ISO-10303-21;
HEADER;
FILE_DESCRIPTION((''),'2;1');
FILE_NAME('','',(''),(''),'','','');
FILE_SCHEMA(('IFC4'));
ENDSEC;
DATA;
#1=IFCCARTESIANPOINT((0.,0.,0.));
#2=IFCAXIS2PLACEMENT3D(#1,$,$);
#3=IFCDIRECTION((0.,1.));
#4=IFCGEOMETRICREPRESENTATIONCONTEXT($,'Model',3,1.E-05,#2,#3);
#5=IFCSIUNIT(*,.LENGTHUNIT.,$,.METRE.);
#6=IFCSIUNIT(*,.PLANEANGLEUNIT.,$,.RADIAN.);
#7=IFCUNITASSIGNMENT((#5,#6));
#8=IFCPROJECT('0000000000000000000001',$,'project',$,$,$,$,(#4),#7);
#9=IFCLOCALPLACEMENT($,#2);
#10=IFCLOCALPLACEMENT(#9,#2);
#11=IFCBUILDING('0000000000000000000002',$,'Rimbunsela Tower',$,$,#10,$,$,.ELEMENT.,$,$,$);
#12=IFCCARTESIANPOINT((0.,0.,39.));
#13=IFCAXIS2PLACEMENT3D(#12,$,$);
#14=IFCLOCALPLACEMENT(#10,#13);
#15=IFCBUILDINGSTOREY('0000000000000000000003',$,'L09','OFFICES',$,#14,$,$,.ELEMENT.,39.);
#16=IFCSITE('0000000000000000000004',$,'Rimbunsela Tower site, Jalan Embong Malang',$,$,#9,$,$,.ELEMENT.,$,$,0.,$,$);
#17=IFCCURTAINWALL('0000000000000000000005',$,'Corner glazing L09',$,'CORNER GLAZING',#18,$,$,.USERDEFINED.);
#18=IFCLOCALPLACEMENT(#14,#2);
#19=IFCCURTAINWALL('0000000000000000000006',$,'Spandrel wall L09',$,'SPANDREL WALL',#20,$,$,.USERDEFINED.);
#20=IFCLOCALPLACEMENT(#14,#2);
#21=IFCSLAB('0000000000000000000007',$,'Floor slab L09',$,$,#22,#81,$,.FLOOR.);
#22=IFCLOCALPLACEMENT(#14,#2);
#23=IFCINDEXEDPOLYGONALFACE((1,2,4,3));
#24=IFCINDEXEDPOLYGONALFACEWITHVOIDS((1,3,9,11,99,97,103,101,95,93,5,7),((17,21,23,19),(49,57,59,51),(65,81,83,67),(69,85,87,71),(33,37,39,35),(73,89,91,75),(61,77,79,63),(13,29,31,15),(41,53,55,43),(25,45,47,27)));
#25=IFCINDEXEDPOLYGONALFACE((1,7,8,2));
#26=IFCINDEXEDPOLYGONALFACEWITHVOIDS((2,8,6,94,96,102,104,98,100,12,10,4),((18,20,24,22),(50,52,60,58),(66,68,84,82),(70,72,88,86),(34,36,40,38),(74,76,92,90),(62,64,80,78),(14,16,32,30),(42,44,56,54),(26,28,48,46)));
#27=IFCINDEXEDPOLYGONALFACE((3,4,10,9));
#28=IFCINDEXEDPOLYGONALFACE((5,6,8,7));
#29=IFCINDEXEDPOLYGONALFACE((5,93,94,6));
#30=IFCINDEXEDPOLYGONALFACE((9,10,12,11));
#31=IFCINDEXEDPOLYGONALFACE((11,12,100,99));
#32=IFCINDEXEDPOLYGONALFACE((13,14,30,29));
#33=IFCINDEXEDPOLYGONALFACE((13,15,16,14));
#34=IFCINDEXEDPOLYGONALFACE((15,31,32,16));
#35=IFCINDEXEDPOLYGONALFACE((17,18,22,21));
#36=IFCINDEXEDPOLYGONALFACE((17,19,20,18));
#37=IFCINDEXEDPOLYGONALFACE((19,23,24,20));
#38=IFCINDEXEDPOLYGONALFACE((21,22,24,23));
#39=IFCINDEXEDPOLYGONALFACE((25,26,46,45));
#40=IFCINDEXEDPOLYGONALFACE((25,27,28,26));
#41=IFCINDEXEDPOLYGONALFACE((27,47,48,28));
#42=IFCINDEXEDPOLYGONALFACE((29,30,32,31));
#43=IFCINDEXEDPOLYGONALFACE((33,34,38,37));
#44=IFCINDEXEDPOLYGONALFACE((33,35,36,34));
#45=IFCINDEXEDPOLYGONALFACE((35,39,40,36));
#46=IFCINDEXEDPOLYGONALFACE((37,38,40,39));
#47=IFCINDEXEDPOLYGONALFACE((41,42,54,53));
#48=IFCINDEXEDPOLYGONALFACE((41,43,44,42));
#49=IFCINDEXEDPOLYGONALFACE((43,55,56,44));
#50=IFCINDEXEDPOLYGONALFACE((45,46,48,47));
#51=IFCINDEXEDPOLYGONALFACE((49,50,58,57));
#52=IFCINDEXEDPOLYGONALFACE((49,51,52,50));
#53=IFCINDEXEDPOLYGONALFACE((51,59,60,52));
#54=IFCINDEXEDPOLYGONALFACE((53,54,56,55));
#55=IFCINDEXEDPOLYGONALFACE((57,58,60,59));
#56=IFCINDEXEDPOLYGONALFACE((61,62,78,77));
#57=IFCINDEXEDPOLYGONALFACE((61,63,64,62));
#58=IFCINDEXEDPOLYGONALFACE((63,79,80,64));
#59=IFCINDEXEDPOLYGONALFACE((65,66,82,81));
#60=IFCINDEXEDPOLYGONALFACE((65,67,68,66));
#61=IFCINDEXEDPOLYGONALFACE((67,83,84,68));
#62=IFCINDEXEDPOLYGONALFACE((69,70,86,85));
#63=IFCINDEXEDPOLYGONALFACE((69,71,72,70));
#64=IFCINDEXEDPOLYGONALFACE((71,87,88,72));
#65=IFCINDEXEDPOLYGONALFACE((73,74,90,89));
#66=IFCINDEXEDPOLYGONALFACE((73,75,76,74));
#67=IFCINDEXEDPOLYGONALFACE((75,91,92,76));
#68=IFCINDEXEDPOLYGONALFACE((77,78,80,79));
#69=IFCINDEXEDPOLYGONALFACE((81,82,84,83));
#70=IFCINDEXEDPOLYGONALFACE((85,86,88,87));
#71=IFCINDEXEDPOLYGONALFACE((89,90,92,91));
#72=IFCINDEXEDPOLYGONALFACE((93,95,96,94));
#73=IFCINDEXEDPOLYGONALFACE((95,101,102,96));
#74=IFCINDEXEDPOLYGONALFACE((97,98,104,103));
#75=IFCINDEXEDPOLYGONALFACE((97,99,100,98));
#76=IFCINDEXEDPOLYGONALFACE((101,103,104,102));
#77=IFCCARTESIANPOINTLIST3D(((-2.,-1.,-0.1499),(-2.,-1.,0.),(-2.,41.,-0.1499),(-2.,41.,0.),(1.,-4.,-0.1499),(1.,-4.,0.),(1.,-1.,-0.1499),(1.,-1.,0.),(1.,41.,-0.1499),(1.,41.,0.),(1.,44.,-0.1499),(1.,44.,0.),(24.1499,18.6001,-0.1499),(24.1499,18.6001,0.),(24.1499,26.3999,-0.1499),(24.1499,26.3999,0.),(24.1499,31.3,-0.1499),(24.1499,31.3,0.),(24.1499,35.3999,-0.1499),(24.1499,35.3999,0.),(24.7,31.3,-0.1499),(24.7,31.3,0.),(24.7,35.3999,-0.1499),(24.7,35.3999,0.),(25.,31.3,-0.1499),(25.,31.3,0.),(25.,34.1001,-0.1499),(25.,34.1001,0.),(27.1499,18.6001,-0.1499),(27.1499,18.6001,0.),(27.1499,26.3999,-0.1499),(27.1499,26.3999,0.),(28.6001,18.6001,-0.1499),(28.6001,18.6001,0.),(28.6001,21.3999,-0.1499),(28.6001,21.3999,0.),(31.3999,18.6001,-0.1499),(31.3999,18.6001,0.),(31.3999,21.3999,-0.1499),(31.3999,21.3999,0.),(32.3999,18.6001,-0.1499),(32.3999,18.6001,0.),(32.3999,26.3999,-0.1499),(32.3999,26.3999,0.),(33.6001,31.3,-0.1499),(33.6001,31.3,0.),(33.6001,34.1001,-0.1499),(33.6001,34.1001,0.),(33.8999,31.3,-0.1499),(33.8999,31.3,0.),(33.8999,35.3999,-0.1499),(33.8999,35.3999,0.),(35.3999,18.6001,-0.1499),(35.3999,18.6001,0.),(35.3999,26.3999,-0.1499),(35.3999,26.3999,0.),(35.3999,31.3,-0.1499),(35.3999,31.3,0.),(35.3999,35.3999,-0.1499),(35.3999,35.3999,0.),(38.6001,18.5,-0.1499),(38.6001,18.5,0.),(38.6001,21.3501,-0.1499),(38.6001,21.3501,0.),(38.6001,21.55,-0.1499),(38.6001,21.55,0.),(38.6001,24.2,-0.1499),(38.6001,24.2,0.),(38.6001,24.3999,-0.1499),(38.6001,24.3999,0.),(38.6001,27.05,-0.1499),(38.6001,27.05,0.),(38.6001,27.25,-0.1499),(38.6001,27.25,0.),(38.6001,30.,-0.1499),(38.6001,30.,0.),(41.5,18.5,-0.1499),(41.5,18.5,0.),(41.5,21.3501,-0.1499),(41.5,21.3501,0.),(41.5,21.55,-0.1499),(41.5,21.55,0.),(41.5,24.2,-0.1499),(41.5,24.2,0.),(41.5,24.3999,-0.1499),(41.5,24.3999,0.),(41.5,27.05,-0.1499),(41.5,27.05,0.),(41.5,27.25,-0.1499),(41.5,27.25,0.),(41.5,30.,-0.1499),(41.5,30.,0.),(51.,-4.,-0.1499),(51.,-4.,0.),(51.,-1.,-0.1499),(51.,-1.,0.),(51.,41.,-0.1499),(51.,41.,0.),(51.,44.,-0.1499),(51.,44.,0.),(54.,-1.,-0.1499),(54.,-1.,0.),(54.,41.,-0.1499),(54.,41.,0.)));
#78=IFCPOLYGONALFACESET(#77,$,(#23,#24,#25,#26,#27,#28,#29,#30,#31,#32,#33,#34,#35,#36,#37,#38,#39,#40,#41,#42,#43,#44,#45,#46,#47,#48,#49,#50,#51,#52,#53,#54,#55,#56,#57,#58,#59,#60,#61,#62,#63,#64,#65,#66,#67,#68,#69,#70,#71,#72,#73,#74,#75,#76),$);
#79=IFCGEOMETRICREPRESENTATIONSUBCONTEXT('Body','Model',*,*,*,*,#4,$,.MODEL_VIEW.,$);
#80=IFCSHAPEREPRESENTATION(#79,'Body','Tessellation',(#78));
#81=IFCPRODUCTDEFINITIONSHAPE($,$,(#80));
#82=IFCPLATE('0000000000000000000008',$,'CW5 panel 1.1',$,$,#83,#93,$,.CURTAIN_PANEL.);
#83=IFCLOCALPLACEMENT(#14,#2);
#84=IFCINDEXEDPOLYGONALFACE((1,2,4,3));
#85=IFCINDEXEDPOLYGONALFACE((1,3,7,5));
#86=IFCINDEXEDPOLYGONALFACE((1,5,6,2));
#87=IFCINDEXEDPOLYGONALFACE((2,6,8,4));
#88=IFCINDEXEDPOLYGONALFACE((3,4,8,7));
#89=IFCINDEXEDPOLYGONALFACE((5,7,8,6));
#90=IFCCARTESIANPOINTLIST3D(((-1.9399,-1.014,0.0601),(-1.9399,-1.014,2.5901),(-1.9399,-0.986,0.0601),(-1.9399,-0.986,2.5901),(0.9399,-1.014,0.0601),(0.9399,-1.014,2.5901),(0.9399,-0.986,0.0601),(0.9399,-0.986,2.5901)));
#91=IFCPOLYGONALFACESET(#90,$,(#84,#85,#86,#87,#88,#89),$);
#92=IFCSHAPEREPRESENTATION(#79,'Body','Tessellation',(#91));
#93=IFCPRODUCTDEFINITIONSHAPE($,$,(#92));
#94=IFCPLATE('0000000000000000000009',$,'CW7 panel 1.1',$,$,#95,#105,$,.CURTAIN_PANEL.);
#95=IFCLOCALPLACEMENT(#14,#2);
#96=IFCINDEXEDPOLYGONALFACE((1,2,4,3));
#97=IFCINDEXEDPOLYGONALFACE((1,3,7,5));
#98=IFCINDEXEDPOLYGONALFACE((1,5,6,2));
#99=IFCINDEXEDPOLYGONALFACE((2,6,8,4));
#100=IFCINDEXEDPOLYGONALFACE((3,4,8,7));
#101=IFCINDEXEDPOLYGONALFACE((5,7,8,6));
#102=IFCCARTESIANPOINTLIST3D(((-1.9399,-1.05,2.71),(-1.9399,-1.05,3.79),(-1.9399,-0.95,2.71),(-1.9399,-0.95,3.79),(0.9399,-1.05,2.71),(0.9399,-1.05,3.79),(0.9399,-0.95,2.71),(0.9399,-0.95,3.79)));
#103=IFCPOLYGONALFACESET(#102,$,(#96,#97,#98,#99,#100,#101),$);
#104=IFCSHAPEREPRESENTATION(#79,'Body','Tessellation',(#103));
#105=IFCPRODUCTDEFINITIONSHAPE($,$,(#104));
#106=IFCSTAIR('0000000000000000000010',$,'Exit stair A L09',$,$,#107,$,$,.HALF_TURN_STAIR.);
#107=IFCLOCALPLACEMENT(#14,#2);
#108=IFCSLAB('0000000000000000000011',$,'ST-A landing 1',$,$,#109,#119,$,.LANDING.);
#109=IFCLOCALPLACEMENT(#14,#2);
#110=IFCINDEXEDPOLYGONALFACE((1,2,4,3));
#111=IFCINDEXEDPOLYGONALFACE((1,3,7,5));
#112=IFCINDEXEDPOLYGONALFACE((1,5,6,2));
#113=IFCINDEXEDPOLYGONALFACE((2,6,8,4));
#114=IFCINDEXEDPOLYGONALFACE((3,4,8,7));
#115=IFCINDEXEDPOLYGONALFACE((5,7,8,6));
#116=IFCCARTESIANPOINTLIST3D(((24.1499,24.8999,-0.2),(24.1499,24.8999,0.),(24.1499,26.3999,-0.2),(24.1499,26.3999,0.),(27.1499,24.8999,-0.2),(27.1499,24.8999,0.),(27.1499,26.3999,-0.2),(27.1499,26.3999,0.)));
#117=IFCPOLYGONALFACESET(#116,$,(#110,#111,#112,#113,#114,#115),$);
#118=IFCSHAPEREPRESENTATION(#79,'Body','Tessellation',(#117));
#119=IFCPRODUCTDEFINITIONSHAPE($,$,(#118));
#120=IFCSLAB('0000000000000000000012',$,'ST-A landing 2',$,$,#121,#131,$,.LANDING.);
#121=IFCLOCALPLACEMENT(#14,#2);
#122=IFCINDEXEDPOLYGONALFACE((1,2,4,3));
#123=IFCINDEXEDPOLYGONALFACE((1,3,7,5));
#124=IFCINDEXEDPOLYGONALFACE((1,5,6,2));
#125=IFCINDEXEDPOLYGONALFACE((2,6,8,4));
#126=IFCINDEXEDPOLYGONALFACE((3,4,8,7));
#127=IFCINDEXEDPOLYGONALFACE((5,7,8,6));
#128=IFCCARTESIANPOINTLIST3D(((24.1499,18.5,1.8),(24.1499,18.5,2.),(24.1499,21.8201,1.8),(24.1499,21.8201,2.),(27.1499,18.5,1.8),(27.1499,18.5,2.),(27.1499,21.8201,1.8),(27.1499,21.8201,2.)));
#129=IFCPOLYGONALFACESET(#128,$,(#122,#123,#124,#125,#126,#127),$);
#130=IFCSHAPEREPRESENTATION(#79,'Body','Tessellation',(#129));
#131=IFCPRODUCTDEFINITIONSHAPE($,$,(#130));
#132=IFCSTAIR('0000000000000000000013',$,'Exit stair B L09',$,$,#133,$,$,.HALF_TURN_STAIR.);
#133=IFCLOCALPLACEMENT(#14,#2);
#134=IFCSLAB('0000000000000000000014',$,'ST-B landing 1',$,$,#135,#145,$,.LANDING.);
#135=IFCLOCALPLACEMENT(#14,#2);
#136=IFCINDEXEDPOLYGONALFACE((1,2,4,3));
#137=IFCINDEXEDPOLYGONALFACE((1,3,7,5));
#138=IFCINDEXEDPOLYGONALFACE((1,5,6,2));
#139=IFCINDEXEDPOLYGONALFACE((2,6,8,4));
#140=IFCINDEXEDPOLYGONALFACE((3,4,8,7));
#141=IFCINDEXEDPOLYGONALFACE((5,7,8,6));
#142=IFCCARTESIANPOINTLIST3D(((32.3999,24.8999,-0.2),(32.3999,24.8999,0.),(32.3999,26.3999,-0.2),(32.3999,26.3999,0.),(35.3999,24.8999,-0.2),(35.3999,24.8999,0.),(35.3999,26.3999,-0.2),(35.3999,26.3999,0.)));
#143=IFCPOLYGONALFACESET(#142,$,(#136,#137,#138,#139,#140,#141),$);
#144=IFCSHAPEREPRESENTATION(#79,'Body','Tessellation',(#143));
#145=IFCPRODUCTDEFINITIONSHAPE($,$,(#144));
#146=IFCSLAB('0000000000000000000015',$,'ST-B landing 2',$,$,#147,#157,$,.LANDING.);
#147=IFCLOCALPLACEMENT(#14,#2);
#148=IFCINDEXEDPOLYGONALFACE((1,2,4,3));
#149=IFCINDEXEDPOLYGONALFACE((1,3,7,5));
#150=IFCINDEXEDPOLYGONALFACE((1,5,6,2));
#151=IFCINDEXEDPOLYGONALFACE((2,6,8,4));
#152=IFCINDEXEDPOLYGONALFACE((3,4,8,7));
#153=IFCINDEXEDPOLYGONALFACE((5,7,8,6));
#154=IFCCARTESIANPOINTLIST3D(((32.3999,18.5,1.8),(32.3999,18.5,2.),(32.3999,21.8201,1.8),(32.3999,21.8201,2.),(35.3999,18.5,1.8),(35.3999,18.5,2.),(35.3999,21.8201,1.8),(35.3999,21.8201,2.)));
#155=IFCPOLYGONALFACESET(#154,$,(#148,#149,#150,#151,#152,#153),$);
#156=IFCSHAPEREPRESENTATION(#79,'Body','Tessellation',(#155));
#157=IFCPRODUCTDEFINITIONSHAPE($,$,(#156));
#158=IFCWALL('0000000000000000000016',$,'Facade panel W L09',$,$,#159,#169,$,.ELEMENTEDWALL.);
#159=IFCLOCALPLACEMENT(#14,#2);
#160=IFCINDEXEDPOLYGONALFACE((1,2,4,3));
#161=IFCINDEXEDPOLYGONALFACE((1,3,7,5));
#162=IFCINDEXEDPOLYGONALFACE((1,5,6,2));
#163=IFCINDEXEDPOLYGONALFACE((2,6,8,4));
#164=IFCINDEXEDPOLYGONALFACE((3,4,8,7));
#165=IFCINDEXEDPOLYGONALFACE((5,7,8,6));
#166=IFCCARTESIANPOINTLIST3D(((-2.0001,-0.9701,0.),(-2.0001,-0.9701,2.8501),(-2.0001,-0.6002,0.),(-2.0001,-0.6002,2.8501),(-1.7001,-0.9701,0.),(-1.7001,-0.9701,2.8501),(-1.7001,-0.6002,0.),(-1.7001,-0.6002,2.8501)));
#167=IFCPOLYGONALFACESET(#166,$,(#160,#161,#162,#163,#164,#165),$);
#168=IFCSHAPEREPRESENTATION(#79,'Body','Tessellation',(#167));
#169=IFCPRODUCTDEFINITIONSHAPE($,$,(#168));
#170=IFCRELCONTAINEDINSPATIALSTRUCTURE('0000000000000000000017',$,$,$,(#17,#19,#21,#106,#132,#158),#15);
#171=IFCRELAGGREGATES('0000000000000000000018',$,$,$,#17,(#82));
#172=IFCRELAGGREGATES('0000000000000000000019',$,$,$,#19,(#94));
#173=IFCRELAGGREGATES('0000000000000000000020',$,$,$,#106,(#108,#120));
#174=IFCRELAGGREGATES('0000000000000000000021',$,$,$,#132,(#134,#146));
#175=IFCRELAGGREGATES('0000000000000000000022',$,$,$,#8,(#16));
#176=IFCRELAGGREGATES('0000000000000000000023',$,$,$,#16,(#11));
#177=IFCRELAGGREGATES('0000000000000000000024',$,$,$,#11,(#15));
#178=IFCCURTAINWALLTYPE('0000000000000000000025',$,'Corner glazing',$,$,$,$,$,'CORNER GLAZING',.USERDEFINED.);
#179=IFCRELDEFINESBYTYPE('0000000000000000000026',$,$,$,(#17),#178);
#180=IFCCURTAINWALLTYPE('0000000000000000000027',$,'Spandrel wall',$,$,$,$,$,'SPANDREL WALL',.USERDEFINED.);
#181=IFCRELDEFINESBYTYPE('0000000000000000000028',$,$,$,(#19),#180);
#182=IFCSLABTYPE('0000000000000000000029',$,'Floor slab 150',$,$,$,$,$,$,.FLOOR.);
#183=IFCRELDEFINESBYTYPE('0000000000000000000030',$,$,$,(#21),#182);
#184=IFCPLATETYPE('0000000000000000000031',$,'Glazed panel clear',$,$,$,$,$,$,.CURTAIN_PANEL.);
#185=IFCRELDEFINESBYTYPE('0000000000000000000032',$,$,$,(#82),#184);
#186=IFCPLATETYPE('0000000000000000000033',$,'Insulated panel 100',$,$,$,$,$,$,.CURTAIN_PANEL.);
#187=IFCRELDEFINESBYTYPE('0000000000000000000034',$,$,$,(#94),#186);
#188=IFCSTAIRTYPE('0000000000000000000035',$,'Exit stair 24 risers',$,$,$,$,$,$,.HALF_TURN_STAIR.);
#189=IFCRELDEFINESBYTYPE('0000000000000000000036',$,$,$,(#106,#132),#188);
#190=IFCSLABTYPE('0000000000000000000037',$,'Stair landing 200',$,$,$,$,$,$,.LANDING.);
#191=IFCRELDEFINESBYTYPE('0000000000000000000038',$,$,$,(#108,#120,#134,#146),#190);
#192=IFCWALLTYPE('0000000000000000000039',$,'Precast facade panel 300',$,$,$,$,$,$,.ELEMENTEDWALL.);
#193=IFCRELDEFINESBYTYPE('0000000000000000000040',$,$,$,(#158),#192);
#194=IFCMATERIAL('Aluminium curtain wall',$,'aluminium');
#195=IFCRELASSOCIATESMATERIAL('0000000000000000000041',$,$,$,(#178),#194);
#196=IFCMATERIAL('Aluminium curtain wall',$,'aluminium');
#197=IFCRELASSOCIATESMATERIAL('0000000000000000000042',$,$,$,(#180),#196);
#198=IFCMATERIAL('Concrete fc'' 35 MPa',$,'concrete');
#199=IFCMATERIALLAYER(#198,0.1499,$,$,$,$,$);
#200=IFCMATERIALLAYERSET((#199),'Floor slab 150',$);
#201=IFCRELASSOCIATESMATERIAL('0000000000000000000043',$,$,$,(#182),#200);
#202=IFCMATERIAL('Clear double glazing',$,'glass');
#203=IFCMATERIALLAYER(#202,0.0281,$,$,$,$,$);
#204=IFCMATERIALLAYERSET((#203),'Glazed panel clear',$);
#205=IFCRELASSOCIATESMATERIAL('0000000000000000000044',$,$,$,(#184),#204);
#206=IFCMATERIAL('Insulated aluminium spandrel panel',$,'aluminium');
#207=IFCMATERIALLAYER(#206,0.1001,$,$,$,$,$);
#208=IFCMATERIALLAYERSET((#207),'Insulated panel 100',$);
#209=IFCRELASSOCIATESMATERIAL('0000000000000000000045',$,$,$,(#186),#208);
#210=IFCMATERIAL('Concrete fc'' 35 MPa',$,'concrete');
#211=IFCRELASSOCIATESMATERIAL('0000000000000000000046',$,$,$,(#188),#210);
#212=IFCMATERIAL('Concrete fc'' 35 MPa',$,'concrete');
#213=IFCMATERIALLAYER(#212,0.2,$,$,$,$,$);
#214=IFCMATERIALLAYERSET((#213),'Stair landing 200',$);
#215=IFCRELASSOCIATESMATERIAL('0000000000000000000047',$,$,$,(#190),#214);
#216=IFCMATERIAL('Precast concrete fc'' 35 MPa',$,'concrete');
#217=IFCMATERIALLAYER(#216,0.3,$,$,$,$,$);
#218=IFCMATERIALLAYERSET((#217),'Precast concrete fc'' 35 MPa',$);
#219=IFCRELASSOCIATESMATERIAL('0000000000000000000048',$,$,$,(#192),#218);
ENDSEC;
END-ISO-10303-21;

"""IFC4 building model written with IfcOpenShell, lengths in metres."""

from ifc_helpers import new_model, si_unit, direction, frame, frame_2d, origin, origin_2d, place, context, subcontext, project, spatial, polyline, rectangle, outline, extrude, material, layer, layer_set, type_object, element, aggregate, save


model = new_model("IFC4")

# Units and contexts
model_context = context("Model", 3, precision=1e-05, world=origin(), true_north=direction((0.0, 1.0)))
body_context = subcontext(model_context, "Body", "Model", "MODEL_VIEW")
ifc_project = project(units=[si_unit("LENGTHUNIT", "METRE"), si_unit("PLANEANGLEUNIT", "RADIAN")], contexts=[model_context])

# Site, building, storey
site_placement = place(None, origin())
site = spatial("IfcSite", under=ifc_project, at=site_placement, Name="Rimbunsela Tower site, Jalan Embong Malang", CompositionType="ELEMENT", RefElevation=0.0)
building_placement = place(site_placement, origin())
building = spatial("IfcBuilding", under=site, at=building_placement, Name="Rimbunsela Tower", CompositionType="ELEMENT")
storey_placement = place(building_placement, frame((0.0, 0.0, 39.0)))
storey = spatial("IfcBuildingStorey", under=building, at=storey_placement, Name="L09", Description="OFFICES", CompositionType="ELEMENT", Elevation=39.0)

# Curtain walls
ifc_material_1 = material(Name="Aluminium curtain wall", Category="aluminium")
curtain_wall_type_1 = type_object("IfcCurtainWallType", Name="Corner glazing", ElementType="CORNER GLAZING", PredefinedType="USERDEFINED", material=ifc_material_1)
curtain_wall_1_placement = place(storey_placement, origin())
curtain_wall_1 = element("IfcCurtainWall", 1, at=curtain_wall_1_placement, inside=storey, type_object=curtain_wall_type_1, Name="Corner glazing L09", ObjectType="CORNER GLAZING", PredefinedType="USERDEFINED")
ifc_material_2 = material(Name="Aluminium curtain wall", Category="aluminium")
curtain_wall_type_2 = type_object("IfcCurtainWallType", Name="Spandrel wall", ElementType="SPANDREL WALL", PredefinedType="USERDEFINED", material=ifc_material_2)
curtain_wall_2_placement = place(storey_placement, origin())
curtain_wall_2 = element("IfcCurtainWall", 2, at=curtain_wall_2_placement, inside=storey, type_object=curtain_wall_type_2, Name="Spandrel wall L09", ObjectType="SPANDREL WALL", PredefinedType="USERDEFINED")

# Slab
ifc_material_3 = material(Name="Concrete fc' 35 MPa", Category="concrete")
ifc_layer_1 = layer(ifc_material_3, 0.1499)
ifc_layer_set_1 = layer_set([ifc_layer_1], Name="Floor slab 150")
slab_type_1 = type_object("IfcSlabType", Name="Floor slab 150", PredefinedType="FLOOR", material=ifc_layer_set_1)
slab_1_placement = place(storey_placement, frame((0.0, 0.0, -0.1499)))
element("IfcSlab", 3, at=slab_1_placement, inside=storey, type_object=slab_type_1, Name="Floor slab L09", PredefinedType="FLOOR", context=body_context, shape_type="SweptSolid", body=[
    extrude(outline(polyline([(1.0, -4.0), (51.0, -4.0), (51.0, -1.0), (54.0, -1.0), (54.0, 41.0), (51.0, 41.0), (51.0, 44.0), (1.0, 44.0), (1.0, 41.0), (-2.0, 41.0), (-2.0, -1.0), (1.0, -1.0), (1.0, -4.0)]), holes=[polyline([(27.1499, 18.6001), (27.1499, 26.3999), (24.1499, 26.3999), (24.1499, 18.6001), (27.1499, 18.6001)]), polyline([(24.7, 31.3), (24.7, 35.3999), (24.1499, 35.3999), (24.1499, 31.3), (24.7, 31.3)]), polyline([(25.0, 34.1001), (25.0, 31.3), (33.6001, 31.3), (33.6001, 34.1001), (25.0, 34.1001)]), polyline([(31.3999, 21.3999), (28.6001, 21.3999), (28.6001, 18.6001), (31.3999, 18.6001), (31.3999, 21.3999)]), polyline([(35.3999, 18.6001), (35.3999, 26.3999), (32.3999, 26.3999), (32.3999, 18.6001), (35.3999, 18.6001)]), polyline([(35.3999, 31.3), (35.3999, 35.3999), (33.8999, 35.3999), (33.8999, 31.3), (35.3999, 31.3)]), polyline([(41.5, 21.3501), (38.6001, 21.3501), (38.6001, 18.5), (41.5, 18.5), (41.5, 21.3501)]), polyline([(41.5, 21.55), (41.5, 24.2), (38.6001, 24.2), (38.6001, 21.55), (41.5, 21.55)]), polyline([(41.5, 27.05), (38.6001, 27.05), (38.6001, 24.3999), (41.5, 24.3999), (41.5, 27.05)]), polyline([(41.5, 27.25), (41.5, 30.0), (38.6001, 30.0), (38.6001, 27.25), (41.5, 27.25)])]), origin(), (0.0, 0.0, 1.0), 0.1499),
])

# Plates
ifc_material_4 = material(Name="Clear double glazing", Category="glass")
ifc_layer_2 = layer(ifc_material_4, 0.0281)
ifc_layer_set_2 = layer_set([ifc_layer_2], Name="Glazed panel clear")
plate_type_1 = type_object("IfcPlateType", Name="Glazed panel clear", PredefinedType="CURTAIN_PANEL", material=ifc_layer_set_2)
plate_1_placement = place(storey_placement, frame((-0.5, -1.0, 0.0601), z_axis=(0.0, 0.0, 1.0), x_axis=(1.0, 0.0, 0.0)))
plate_1 = element("IfcPlate", 4, at=plate_1_placement, type_object=plate_type_1, Name="CW5 panel 1.1", PredefinedType="CURTAIN_PANEL", context=body_context, shape_type="SweptSolid", body=[
    extrude(rectangle(XDim=2.8799, YDim=0.0281, at=origin_2d()), origin(), (0.0, 0.0, 1.0), 2.53),
])
aggregate(curtain_wall_1, [plate_1])
ifc_material_5 = material(Name="Insulated aluminium spandrel panel", Category="aluminium")
ifc_layer_3 = layer(ifc_material_5, 0.1001)
ifc_layer_set_3 = layer_set([ifc_layer_3], Name="Insulated panel 100")
plate_type_2 = type_object("IfcPlateType", Name="Insulated panel 100", PredefinedType="CURTAIN_PANEL", material=ifc_layer_set_3)
plate_2_placement = place(storey_placement, frame((-0.5, -1.0, 2.71), z_axis=(0.0, 0.0, 1.0), x_axis=(1.0, 0.0, 0.0)))
plate_2 = element("IfcPlate", 5, at=plate_2_placement, type_object=plate_type_2, Name="CW7 panel 1.1", PredefinedType="CURTAIN_PANEL", context=body_context, shape_type="SweptSolid", body=[
    extrude(rectangle(XDim=2.8799, YDim=0.1001, at=origin_2d()), origin(), (0.0, 0.0, 1.0), 1.0801),
])
aggregate(curtain_wall_2, [plate_2])

# Stairs, slabs
ifc_material_6 = material(Name="Concrete fc' 35 MPa", Category="concrete")
stair_type = type_object("IfcStairType", Name="Exit stair 24 risers", PredefinedType="HALF_TURN_STAIR", material=ifc_material_6)
stair_1_placement = place(storey_placement, origin())
stair_1 = element("IfcStair", 6, at=stair_1_placement, inside=storey, type_object=stair_type, Name="Exit stair A L09", PredefinedType="HALF_TURN_STAIR")
ifc_material_7 = material(Name="Concrete fc' 35 MPa", Category="concrete")
ifc_layer_4 = layer(ifc_material_7, 0.2)
ifc_layer_set_4 = layer_set([ifc_layer_4], Name="Stair landing 200")
slab_type_2 = type_object("IfcSlabType", Name="Stair landing 200", PredefinedType="LANDING", material=ifc_layer_set_4)
slab_2_placement = place(storey_placement, frame((0.0, 0.0, -0.2)))
slab_2 = element("IfcSlab", 7, at=slab_2_placement, type_object=slab_type_2, Name="ST-A landing 1", PredefinedType="LANDING", context=body_context, shape_type="SweptSolid", body=[
    extrude(outline(polyline([(24.1499, 24.8999), (27.1499, 24.8999), (27.1499, 26.3999), (24.1499, 26.3999), (24.1499, 24.8999)])), origin(), (0.0, 0.0, 1.0), 0.2),
])
slab_3_placement = place(storey_placement, frame((0.0, 0.0, 1.8)))
slab_3 = element("IfcSlab", 8, at=slab_3_placement, type_object=slab_type_2, Name="ST-A landing 2", PredefinedType="LANDING", context=body_context, shape_type="SweptSolid", body=[
    extrude(outline(polyline([(24.1499, 18.5), (27.1499, 18.5), (27.1499, 21.8201), (24.1499, 21.8201), (24.1499, 18.5)])), origin(), (0.0, 0.0, 1.0), 0.2),
])
aggregate(stair_1, [slab_2, slab_3])
stair_2_placement = place(storey_placement, origin())
stair_2 = element("IfcStair", 9, at=stair_2_placement, inside=storey, type_object=stair_type, Name="Exit stair B L09", PredefinedType="HALF_TURN_STAIR")
slab_4_placement = place(storey_placement, frame((0.0, 0.0, -0.2)))
slab_4 = element("IfcSlab", 10, at=slab_4_placement, type_object=slab_type_2, Name="ST-B landing 1", PredefinedType="LANDING", context=body_context, shape_type="SweptSolid", body=[
    extrude(outline(polyline([(32.3999, 24.8999), (35.3999, 24.8999), (35.3999, 26.3999), (32.3999, 26.3999), (32.3999, 24.8999)])), origin(), (0.0, 0.0, 1.0), 0.2),
])
slab_5_placement = place(storey_placement, frame((0.0, 0.0, 1.8)))
slab_5 = element("IfcSlab", 11, at=slab_5_placement, type_object=slab_type_2, Name="ST-B landing 2", PredefinedType="LANDING", context=body_context, shape_type="SweptSolid", body=[
    extrude(outline(polyline([(32.3999, 18.5), (35.3999, 18.5), (35.3999, 21.8201), (32.3999, 21.8201), (32.3999, 18.5)])), origin(), (0.0, 0.0, 1.0), 0.2),
])
aggregate(stair_2, [slab_4, slab_5])

# Wall
ifc_material_8 = material(Name="Precast concrete fc' 35 MPa", Category="concrete")
ifc_layer_5 = layer(ifc_material_8, 0.3)
ifc_layer_set_5 = layer_set([ifc_layer_5], Name="Precast concrete fc' 35 MPa")
wall_type = type_object("IfcWallType", Name="Precast facade panel 300", PredefinedType="ELEMENTEDWALL", material=ifc_layer_set_5)
wall_placement = place(storey_placement, frame((-1.8501, -0.6001, 0.0), z_axis=(0.0, 0.0, 1.0), x_axis=(0.0, -1.0, 0.0)))
element("IfcWall", 12, at=wall_placement, inside=storey, type_object=wall_type, Name="Facade panel W L09", PredefinedType="ELEMENTEDWALL", context=body_context, shape_type="SweptSolid", body=[
    extrude(rectangle(XDim=0.3699, YDim=0.3, at=frame_2d((0.1851, 0.0))), origin(), (0.0, 0.0, 1.0), 2.8501),
])

save(model, "model.ifc")
